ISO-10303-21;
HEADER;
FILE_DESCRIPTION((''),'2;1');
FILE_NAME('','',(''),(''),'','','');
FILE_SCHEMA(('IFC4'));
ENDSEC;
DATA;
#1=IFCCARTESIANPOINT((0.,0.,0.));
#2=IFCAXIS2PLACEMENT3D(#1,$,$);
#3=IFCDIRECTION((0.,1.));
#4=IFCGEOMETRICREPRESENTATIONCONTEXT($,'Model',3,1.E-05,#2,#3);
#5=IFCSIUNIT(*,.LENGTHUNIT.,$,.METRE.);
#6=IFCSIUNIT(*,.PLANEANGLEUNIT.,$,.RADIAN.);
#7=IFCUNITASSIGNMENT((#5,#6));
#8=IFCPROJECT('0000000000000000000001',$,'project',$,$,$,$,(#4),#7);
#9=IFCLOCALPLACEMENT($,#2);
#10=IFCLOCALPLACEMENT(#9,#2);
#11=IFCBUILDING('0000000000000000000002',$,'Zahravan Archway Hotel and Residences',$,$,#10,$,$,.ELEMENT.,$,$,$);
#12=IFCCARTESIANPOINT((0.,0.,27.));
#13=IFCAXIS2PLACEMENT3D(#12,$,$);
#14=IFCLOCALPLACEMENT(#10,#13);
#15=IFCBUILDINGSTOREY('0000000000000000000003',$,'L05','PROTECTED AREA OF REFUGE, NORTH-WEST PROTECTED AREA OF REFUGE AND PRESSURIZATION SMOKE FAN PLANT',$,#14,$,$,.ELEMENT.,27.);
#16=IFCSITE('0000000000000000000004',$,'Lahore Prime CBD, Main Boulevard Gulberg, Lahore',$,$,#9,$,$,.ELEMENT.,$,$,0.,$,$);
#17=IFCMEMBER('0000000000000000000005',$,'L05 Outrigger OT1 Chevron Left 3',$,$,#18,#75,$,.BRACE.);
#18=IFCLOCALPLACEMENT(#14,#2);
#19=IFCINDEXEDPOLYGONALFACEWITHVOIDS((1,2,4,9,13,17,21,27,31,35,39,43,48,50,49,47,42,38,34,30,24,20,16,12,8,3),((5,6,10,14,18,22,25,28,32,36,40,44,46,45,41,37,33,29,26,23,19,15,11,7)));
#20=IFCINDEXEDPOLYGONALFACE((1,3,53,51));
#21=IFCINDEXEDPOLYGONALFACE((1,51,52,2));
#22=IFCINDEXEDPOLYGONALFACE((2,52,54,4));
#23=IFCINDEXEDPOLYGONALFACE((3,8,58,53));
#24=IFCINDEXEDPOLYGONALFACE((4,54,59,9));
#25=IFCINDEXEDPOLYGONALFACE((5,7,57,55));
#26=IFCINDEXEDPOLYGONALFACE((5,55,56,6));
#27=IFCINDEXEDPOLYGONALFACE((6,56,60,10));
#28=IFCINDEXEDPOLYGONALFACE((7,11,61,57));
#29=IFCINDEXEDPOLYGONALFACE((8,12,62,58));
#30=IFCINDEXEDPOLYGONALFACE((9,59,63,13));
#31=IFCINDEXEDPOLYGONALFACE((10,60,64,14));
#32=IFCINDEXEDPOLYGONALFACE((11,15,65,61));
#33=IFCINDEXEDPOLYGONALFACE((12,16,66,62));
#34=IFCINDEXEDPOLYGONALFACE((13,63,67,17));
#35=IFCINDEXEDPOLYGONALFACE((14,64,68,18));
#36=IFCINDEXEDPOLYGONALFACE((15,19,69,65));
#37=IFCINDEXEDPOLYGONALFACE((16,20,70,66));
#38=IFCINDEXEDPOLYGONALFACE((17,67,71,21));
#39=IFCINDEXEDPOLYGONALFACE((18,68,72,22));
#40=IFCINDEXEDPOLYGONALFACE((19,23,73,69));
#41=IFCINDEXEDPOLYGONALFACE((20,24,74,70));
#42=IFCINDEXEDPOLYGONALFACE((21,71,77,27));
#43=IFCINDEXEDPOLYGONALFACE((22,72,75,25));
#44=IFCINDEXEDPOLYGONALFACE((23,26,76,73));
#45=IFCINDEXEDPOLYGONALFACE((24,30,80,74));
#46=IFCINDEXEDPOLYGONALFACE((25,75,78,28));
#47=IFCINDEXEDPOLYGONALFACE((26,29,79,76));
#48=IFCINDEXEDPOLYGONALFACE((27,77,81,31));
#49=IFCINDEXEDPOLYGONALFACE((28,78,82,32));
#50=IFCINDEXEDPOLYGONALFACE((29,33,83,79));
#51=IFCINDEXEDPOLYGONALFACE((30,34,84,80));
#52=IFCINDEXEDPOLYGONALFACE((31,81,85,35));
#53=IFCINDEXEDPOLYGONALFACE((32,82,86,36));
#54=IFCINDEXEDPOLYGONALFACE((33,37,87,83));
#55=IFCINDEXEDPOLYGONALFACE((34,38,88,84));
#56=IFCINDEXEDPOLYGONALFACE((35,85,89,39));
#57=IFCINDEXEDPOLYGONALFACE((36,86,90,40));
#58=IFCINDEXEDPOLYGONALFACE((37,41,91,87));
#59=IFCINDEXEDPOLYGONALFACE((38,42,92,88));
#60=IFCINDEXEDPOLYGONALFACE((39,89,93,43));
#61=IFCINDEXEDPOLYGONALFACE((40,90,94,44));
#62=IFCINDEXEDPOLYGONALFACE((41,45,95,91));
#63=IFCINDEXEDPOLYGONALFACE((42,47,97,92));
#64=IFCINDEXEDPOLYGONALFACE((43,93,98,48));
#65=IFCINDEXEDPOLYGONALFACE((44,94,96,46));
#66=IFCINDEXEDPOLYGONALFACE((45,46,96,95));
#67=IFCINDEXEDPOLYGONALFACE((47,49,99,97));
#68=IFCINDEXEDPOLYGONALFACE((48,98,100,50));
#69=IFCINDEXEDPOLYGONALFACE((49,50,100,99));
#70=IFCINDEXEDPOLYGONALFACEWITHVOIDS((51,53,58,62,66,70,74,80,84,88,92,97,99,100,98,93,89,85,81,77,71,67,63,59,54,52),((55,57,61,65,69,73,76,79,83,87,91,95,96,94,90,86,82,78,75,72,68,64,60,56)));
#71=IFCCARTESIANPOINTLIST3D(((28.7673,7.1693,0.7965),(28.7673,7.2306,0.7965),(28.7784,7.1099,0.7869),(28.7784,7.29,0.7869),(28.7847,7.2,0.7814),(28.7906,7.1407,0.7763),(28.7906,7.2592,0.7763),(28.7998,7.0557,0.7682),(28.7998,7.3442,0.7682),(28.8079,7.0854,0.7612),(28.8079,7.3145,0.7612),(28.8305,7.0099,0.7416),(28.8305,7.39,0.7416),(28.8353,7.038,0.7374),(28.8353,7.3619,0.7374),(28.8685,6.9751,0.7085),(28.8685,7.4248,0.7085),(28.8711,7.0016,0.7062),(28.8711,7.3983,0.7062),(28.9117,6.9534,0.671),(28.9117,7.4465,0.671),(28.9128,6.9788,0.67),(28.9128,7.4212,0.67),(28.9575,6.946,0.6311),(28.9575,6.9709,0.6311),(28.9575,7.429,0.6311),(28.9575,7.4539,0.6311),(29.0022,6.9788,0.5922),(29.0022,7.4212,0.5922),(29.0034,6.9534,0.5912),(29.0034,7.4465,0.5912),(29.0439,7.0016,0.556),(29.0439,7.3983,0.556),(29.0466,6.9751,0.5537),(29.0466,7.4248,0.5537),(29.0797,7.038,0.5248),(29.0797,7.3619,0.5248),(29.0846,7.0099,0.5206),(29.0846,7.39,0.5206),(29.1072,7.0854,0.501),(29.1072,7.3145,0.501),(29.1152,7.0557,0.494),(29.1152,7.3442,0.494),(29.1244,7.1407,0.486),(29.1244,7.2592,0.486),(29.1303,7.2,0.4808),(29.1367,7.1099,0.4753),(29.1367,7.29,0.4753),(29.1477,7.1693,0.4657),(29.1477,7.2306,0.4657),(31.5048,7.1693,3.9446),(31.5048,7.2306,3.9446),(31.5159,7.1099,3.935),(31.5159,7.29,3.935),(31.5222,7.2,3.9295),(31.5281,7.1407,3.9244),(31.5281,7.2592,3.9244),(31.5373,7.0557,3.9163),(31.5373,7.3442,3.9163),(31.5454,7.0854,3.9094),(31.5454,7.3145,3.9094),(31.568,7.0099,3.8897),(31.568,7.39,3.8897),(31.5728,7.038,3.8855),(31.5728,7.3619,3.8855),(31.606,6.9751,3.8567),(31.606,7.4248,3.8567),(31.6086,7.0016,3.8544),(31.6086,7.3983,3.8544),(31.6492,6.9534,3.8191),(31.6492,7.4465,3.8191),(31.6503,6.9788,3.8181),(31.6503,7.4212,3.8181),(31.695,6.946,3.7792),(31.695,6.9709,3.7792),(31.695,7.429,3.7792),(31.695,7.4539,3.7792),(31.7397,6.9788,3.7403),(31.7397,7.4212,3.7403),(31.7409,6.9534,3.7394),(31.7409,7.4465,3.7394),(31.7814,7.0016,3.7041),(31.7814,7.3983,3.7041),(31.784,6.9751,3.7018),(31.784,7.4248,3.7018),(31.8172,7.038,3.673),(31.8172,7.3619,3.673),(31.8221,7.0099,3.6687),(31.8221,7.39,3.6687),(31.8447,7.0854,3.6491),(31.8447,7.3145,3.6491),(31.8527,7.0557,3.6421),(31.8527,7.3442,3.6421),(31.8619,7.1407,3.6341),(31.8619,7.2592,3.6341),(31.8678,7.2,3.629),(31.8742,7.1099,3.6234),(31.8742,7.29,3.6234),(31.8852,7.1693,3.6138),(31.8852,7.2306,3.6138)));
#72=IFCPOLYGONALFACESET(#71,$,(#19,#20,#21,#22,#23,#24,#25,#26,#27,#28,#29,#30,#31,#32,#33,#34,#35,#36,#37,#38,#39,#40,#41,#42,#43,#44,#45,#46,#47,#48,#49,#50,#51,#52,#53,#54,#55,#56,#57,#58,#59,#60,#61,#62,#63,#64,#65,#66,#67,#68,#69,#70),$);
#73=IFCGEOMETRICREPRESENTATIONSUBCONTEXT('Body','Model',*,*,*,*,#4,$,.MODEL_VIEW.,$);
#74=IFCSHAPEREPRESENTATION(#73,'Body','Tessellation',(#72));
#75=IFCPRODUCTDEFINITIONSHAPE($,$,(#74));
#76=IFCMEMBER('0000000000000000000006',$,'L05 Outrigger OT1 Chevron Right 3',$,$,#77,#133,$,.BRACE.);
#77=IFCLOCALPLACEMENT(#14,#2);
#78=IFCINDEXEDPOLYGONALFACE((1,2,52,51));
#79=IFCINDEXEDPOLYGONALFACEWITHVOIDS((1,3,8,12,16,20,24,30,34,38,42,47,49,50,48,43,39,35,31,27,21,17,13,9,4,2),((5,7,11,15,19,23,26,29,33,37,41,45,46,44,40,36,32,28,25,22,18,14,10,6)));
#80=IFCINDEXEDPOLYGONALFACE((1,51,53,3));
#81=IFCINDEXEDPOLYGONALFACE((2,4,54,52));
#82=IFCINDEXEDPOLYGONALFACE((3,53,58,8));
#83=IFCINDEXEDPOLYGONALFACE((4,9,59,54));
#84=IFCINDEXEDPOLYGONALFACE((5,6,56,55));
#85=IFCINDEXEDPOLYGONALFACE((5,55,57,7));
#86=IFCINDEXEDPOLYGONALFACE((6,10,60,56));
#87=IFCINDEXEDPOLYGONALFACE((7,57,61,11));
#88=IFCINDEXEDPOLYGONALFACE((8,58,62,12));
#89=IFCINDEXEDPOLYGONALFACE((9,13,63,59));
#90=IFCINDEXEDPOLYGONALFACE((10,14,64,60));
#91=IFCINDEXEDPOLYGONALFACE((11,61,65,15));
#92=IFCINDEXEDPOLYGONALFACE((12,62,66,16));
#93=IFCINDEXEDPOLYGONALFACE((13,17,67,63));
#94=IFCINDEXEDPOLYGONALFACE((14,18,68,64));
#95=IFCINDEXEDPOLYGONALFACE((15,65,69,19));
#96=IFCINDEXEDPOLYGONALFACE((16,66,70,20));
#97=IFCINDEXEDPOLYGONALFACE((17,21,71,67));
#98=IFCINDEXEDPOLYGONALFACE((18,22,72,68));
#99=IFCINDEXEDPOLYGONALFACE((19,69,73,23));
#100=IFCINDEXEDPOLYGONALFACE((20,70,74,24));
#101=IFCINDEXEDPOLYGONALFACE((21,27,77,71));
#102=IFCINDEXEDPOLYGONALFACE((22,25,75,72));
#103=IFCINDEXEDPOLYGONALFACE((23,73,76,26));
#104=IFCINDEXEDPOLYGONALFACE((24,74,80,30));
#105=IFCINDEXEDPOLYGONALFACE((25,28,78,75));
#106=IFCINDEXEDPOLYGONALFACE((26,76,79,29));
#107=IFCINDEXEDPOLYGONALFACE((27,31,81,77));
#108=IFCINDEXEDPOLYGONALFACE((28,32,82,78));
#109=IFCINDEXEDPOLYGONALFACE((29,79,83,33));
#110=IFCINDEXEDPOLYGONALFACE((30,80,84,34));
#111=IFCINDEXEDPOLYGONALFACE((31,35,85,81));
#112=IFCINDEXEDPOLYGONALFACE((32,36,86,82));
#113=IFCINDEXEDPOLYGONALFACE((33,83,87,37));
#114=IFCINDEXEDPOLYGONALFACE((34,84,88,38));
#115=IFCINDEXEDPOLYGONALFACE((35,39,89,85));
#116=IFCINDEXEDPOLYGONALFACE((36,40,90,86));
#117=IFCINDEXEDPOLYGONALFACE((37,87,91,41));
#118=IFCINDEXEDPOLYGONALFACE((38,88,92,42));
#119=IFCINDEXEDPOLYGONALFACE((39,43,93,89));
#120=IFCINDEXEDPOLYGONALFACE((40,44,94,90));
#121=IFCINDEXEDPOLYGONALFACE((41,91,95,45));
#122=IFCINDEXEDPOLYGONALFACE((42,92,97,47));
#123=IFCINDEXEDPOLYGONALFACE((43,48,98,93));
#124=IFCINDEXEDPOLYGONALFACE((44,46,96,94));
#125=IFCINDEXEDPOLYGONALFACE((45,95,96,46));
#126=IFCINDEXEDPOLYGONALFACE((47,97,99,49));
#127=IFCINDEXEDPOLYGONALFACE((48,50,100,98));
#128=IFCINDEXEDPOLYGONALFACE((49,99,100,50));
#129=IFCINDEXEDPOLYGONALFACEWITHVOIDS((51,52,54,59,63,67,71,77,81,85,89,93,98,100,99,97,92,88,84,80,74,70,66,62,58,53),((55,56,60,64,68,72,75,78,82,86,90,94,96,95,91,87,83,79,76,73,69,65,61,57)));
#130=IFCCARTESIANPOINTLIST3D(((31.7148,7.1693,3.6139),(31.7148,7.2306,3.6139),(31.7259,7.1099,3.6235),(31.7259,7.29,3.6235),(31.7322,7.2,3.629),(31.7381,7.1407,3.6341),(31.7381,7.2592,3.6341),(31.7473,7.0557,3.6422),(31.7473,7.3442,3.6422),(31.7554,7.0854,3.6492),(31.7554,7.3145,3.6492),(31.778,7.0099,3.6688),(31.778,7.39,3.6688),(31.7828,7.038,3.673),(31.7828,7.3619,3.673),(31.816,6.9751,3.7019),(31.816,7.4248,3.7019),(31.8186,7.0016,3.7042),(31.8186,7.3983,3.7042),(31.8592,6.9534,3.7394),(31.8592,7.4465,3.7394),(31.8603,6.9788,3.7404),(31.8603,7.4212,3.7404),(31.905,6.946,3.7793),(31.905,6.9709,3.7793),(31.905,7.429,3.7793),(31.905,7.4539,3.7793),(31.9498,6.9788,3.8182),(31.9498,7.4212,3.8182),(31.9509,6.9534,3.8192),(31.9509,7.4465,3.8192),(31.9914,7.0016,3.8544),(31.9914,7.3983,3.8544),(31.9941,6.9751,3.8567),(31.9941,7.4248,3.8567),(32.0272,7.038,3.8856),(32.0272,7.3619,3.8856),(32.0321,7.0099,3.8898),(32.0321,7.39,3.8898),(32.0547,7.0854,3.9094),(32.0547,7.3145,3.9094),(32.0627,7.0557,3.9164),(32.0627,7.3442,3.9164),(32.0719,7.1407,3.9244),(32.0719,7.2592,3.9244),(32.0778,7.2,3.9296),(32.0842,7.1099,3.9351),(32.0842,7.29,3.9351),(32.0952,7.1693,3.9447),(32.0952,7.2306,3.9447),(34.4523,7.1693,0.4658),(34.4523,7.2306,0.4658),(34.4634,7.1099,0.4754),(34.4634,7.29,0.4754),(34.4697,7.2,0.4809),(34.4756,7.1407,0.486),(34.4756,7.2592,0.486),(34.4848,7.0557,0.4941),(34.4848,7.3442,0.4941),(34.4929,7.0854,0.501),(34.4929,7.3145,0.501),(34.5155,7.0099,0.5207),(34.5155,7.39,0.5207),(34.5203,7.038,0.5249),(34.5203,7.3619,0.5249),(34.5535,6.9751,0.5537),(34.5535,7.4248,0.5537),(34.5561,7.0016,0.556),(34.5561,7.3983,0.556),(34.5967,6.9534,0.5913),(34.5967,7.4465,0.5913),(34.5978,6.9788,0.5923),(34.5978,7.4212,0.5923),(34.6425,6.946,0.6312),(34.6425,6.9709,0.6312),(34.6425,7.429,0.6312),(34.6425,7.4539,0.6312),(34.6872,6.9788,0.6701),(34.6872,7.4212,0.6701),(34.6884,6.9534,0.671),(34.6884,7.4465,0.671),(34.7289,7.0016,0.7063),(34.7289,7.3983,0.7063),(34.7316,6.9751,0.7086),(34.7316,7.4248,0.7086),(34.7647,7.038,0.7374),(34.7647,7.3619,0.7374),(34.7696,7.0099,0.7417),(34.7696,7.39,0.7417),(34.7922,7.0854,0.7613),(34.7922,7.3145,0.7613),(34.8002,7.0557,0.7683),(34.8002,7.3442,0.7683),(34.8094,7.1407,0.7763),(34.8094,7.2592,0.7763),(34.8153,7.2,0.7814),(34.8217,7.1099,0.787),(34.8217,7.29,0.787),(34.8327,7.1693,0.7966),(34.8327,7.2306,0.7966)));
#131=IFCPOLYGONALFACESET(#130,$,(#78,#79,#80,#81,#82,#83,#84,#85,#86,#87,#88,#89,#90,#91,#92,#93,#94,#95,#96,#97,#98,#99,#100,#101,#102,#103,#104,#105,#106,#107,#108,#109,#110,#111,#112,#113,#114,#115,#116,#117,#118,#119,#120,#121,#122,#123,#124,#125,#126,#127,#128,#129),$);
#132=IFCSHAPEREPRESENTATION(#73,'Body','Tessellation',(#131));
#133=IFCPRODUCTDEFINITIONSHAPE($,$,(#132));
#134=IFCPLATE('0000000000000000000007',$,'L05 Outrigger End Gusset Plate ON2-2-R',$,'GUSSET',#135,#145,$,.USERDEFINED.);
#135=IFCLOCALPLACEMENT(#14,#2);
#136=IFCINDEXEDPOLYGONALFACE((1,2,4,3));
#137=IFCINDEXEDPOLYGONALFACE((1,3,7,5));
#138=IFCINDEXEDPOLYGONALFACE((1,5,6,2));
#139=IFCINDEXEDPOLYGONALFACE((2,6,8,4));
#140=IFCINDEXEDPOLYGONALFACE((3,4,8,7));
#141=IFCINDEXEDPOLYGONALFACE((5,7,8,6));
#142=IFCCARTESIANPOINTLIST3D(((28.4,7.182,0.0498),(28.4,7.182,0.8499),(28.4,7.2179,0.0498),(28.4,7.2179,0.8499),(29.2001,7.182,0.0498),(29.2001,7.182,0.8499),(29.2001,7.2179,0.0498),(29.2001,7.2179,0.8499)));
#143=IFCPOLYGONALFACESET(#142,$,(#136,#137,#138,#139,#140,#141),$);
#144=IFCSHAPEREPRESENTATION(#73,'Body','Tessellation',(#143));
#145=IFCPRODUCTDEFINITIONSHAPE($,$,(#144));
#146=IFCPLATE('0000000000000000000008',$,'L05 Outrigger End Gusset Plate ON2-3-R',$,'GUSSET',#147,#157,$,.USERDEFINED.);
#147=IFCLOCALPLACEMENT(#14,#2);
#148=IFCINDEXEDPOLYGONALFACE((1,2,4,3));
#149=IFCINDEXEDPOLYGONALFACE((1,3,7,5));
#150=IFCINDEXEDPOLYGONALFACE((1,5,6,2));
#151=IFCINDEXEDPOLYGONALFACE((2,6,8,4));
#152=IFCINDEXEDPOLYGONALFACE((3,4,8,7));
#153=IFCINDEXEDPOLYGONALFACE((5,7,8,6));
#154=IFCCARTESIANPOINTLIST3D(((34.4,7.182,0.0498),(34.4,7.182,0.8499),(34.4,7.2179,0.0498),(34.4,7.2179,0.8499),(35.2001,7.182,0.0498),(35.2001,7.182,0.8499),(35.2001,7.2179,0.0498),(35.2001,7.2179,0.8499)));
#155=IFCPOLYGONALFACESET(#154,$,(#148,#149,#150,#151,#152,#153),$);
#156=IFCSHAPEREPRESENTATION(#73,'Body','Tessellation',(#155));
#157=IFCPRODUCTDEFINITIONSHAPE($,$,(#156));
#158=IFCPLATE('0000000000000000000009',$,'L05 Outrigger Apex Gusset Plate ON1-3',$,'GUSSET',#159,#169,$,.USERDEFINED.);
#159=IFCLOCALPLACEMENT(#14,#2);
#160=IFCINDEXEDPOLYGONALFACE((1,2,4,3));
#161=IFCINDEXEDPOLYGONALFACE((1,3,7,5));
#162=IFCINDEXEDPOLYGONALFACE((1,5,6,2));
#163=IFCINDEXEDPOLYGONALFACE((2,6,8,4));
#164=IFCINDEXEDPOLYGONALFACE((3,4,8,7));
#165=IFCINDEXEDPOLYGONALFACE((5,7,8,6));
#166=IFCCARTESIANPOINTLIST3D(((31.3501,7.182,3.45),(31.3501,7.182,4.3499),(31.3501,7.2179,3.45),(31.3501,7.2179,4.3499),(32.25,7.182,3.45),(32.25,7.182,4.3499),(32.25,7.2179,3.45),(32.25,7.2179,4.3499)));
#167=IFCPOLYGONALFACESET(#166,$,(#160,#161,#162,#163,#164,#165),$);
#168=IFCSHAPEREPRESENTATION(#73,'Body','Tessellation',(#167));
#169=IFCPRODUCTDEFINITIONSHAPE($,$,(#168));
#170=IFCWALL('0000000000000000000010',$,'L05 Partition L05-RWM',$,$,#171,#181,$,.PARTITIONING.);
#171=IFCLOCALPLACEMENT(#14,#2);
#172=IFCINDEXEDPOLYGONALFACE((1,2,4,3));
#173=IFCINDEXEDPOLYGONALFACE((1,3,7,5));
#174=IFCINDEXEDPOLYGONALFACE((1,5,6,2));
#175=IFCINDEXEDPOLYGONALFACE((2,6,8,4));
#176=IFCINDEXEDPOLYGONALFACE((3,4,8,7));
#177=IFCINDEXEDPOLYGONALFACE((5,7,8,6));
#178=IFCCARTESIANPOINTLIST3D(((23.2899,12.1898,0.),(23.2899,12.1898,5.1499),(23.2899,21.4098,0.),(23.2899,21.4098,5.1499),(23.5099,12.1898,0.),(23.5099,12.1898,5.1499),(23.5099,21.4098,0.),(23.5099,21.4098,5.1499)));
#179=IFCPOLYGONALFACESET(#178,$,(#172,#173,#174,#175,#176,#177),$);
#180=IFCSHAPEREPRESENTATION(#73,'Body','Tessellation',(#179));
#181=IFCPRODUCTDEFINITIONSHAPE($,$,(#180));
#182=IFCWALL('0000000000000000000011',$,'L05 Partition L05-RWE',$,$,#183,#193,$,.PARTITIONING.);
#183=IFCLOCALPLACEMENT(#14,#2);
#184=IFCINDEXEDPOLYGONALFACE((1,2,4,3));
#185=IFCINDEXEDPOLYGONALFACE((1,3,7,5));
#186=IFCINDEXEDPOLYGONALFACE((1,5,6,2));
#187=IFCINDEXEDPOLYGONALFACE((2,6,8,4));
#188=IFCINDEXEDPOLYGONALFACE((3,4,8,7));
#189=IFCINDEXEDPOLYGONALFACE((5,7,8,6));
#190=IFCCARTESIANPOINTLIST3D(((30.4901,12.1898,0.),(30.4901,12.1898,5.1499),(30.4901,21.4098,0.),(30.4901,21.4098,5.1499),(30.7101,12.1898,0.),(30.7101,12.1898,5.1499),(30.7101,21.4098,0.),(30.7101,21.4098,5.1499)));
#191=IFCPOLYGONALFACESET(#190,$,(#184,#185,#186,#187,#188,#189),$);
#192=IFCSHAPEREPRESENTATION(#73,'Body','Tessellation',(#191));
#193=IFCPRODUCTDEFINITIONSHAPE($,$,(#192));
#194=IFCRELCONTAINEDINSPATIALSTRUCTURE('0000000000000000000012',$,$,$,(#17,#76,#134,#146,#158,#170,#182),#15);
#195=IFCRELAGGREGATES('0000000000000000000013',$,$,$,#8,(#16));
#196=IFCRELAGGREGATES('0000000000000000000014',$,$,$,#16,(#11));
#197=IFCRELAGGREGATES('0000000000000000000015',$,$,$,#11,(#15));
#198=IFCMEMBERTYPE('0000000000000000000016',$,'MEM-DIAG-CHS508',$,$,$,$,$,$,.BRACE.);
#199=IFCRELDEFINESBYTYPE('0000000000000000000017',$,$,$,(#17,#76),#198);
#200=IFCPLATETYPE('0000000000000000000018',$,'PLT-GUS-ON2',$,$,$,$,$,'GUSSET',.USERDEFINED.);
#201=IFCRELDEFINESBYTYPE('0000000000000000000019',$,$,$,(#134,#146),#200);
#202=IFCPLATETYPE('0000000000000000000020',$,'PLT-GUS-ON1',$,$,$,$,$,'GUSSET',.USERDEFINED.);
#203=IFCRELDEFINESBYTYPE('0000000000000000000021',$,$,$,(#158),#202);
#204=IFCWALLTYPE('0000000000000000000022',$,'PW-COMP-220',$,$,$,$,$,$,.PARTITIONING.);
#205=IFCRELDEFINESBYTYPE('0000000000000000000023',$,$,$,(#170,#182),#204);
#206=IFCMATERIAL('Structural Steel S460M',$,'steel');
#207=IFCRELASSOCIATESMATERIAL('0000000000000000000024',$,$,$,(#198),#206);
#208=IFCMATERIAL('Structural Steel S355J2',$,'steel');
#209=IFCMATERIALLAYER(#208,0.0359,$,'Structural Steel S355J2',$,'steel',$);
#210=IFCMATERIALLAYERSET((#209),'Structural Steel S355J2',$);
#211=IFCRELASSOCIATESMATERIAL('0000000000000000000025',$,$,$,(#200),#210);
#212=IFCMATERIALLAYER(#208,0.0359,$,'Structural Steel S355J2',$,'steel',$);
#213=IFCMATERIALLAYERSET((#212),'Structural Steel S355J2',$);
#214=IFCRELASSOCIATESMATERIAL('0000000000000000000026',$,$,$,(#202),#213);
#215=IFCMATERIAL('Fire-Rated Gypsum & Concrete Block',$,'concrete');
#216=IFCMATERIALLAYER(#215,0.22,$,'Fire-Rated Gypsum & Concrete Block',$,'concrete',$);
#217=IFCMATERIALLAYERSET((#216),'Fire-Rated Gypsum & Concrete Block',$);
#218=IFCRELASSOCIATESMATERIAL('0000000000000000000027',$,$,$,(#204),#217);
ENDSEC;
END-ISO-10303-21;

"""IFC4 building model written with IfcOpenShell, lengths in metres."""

from ifc_helpers import new_model, si_unit, direction, frame, frame_2d, origin, origin_2d, place, context, subcontext, project, spatial, rectangle, hollow_circle, extrude, source, transform, mapped, material, layer, layer_set, material_profile, profile_set, type_object, type_shapes, element, save


model = new_model("IFC4")

# Units and contexts
model_context = context("Model", 3, precision=1e-05, world=origin(), true_north=direction((0.0, 1.0)))
body_context = subcontext(model_context, "Body", "Model", "MODEL_VIEW")
ifc_project = project(units=[si_unit("LENGTHUNIT", "METRE"), si_unit("PLANEANGLEUNIT", "RADIAN")], contexts=[model_context])

# Site, building, storey
site_placement = place(None, origin())
site = spatial("IfcSite", under=ifc_project, at=site_placement, Name="Lahore Prime CBD, Main Boulevard Gulberg, Lahore", CompositionType="ELEMENT", RefElevation=0.0)
building_placement = place(site_placement, origin())
building = spatial("IfcBuilding", under=site, at=building_placement, Name="Zahravan Archway Hotel and Residences", CompositionType="ELEMENT")
storey_placement = place(building_placement, frame((0.0, 0.0, 27.0)))
storey = spatial("IfcBuildingStorey", under=building, at=storey_placement, Name="L05", Description="PROTECTED AREA OF REFUGE, NORTH-WEST PROTECTED AREA OF REFUGE AND PRESSURIZATION SMOKE FAN PLANT", CompositionType="ELEMENT", Elevation=27.0)

# Shared definitions
ifc_material_1 = material(Name="Structural Steel S460M", Category="steel")

# Members
ifc_material_profile_1 = material_profile(ifc_material_1, hollow_circle(Radius=0.2539, WallThickness=0.0249, at=origin_2d()), Name="CHS 508x25", Category="steel")
ifc_profile_set_1 = profile_set([ifc_material_profile_1], Name="Structural Steel S460M")
member_type_1 = type_object("IfcMemberType", Name="MEM-DIAG-CHS508", PredefinedType="BRACE", material=ifc_profile_set_1)
shared_shape_1 = source(origin(), body_context, "Body", "SweptSolid", [
    extrude(hollow_circle(Radius=0.2539, WallThickness=0.0249, at=origin_2d()), origin(), (0.0, 0.0, 1.0), 4.1719),
])
for number, where, z_axis, x_axis, name in (
    (1, (28.9575, 7.2, 0.6311), (0.656177, 0.0, 0.754607), (0.0, 1.0, 0.0), "L05 Outrigger OT1 Chevron Left 3"),
    (2, (31.905, 7.2, 3.7793), (0.656177, 0.0, -0.754607), (0.0, 1.0, 0.0), "L05 Outrigger OT1 Chevron Right 3"),
):
    element("IfcMember", number, at=place(storey_placement, frame(where, z_axis=z_axis, x_axis=x_axis)), inside=storey, type_object=member_type_1, Name=name, PredefinedType="BRACE", context=body_context, shape_type="MappedRepresentation", body=[
        mapped(shared_shape_1, transform((0.0, 0.0, 0.0), scale=1.0)),
    ])

# Plates
ifc_material_2 = material(Name="Structural Steel S355J2", Category="steel")
ifc_layer_1 = layer(ifc_material_2, 0.0359, Name="Structural Steel S355J2", Category="steel")
ifc_layer_set_1 = layer_set([ifc_layer_1], Name="Structural Steel S355J2")
plate_type_1 = type_object("IfcPlateType", Name="PLT-GUS-ON2", ElementType="GUSSET", PredefinedType="USERDEFINED", material=ifc_layer_set_1)
shared_shape_2 = source(origin(), body_context, "Body", "SweptSolid", [
    extrude(rectangle(XDim=0.8, YDim=0.0359, at=origin_2d()), origin(), (0.0, 0.0, 1.0), 0.8),
])
type_shapes(plate_type_1, [shared_shape_2])
for number, where, z_axis, x_axis, name in (
    (3, (28.8, 7.2, 0.0498), (0.0, 0.0, 1.0), (1.0, 0.0, 0.0), "L05 Outrigger End Gusset Plate ON2-2-R"),
    (4, (34.8, 7.2, 0.0498), (0.0, 0.0, 1.0), (1.0, 0.0, 0.0), "L05 Outrigger End Gusset Plate ON2-3-R"),
):
    element("IfcPlate", number, at=place(storey_placement, frame(where, z_axis=z_axis, x_axis=x_axis)), inside=storey, type_object=plate_type_1, Name=name, ObjectType="GUSSET", PredefinedType="USERDEFINED", context=body_context, shape_type="MappedRepresentation", body=[
        mapped(shared_shape_2, transform((0.0, 0.0, 0.0), scale=1.0)),
    ])
ifc_layer_2 = layer(ifc_material_2, 0.0359, Name="Structural Steel S355J2", Category="steel")
ifc_layer_set_2 = layer_set([ifc_layer_2], Name="Structural Steel S355J2")
plate_type_2 = type_object("IfcPlateType", Name="PLT-GUS-ON1", ElementType="GUSSET", PredefinedType="USERDEFINED", material=ifc_layer_set_2)
shared_shape_3 = source(origin(), body_context, "Body", "SweptSolid", [
    extrude(rectangle(XDim=0.8999, YDim=0.0359, at=origin_2d()), origin(), (0.0, 0.0, 1.0), 0.8999),
])
type_shapes(plate_type_2, [shared_shape_3])
plate_placement = place(storey_placement, frame((31.8, 7.2, 3.45), z_axis=(0.0, 0.0, 1.0), x_axis=(1.0, 0.0, 0.0)))
element("IfcPlate", 5, at=plate_placement, inside=storey, type_object=plate_type_2, Name="L05 Outrigger Apex Gusset Plate ON1-3", ObjectType="GUSSET", PredefinedType="USERDEFINED", context=body_context, shape_type="MappedRepresentation", body=[
    mapped(shared_shape_3, transform((0.0, 0.0, 0.0), scale=1.0)),
])

# Walls
ifc_material_3 = material(Name="Fire-Rated Gypsum & Concrete Block", Category="concrete")
ifc_layer_3 = layer(ifc_material_3, 0.22, Name="Fire-Rated Gypsum & Concrete Block", Category="concrete")
ifc_layer_set_3 = layer_set([ifc_layer_3], Name="Fire-Rated Gypsum & Concrete Block")
wall_type_1 = type_object("IfcWallType", Name="PW-COMP-220", PredefinedType="PARTITIONING", material=ifc_layer_set_3)
for number, where, z_axis, x_axis, name in (
    (6, (23.3999, 12.1899, 0.0), (0.0, 0.0, 1.0), (0.0, 1.0, 0.0), "L05 Partition L05-RWM"),
    (7, (30.6001, 12.1899, 0.0), (0.0, 0.0, 1.0), (0.0, 1.0, 0.0), "L05 Partition L05-RWE"),
):
    element("IfcWall", number, at=place(storey_placement, frame(where, z_axis=z_axis, x_axis=x_axis)), inside=storey, type_object=wall_type_1, Name=name, PredefinedType="PARTITIONING", context=body_context, shape_type="SweptSolid", body=[
        extrude(rectangle(XDim=9.22, YDim=0.22, at=frame_2d((4.6099, 0.0))), origin(), (0.0, 0.0, 1.0), 5.1499),
    ])

save(model, "model.ifc")
